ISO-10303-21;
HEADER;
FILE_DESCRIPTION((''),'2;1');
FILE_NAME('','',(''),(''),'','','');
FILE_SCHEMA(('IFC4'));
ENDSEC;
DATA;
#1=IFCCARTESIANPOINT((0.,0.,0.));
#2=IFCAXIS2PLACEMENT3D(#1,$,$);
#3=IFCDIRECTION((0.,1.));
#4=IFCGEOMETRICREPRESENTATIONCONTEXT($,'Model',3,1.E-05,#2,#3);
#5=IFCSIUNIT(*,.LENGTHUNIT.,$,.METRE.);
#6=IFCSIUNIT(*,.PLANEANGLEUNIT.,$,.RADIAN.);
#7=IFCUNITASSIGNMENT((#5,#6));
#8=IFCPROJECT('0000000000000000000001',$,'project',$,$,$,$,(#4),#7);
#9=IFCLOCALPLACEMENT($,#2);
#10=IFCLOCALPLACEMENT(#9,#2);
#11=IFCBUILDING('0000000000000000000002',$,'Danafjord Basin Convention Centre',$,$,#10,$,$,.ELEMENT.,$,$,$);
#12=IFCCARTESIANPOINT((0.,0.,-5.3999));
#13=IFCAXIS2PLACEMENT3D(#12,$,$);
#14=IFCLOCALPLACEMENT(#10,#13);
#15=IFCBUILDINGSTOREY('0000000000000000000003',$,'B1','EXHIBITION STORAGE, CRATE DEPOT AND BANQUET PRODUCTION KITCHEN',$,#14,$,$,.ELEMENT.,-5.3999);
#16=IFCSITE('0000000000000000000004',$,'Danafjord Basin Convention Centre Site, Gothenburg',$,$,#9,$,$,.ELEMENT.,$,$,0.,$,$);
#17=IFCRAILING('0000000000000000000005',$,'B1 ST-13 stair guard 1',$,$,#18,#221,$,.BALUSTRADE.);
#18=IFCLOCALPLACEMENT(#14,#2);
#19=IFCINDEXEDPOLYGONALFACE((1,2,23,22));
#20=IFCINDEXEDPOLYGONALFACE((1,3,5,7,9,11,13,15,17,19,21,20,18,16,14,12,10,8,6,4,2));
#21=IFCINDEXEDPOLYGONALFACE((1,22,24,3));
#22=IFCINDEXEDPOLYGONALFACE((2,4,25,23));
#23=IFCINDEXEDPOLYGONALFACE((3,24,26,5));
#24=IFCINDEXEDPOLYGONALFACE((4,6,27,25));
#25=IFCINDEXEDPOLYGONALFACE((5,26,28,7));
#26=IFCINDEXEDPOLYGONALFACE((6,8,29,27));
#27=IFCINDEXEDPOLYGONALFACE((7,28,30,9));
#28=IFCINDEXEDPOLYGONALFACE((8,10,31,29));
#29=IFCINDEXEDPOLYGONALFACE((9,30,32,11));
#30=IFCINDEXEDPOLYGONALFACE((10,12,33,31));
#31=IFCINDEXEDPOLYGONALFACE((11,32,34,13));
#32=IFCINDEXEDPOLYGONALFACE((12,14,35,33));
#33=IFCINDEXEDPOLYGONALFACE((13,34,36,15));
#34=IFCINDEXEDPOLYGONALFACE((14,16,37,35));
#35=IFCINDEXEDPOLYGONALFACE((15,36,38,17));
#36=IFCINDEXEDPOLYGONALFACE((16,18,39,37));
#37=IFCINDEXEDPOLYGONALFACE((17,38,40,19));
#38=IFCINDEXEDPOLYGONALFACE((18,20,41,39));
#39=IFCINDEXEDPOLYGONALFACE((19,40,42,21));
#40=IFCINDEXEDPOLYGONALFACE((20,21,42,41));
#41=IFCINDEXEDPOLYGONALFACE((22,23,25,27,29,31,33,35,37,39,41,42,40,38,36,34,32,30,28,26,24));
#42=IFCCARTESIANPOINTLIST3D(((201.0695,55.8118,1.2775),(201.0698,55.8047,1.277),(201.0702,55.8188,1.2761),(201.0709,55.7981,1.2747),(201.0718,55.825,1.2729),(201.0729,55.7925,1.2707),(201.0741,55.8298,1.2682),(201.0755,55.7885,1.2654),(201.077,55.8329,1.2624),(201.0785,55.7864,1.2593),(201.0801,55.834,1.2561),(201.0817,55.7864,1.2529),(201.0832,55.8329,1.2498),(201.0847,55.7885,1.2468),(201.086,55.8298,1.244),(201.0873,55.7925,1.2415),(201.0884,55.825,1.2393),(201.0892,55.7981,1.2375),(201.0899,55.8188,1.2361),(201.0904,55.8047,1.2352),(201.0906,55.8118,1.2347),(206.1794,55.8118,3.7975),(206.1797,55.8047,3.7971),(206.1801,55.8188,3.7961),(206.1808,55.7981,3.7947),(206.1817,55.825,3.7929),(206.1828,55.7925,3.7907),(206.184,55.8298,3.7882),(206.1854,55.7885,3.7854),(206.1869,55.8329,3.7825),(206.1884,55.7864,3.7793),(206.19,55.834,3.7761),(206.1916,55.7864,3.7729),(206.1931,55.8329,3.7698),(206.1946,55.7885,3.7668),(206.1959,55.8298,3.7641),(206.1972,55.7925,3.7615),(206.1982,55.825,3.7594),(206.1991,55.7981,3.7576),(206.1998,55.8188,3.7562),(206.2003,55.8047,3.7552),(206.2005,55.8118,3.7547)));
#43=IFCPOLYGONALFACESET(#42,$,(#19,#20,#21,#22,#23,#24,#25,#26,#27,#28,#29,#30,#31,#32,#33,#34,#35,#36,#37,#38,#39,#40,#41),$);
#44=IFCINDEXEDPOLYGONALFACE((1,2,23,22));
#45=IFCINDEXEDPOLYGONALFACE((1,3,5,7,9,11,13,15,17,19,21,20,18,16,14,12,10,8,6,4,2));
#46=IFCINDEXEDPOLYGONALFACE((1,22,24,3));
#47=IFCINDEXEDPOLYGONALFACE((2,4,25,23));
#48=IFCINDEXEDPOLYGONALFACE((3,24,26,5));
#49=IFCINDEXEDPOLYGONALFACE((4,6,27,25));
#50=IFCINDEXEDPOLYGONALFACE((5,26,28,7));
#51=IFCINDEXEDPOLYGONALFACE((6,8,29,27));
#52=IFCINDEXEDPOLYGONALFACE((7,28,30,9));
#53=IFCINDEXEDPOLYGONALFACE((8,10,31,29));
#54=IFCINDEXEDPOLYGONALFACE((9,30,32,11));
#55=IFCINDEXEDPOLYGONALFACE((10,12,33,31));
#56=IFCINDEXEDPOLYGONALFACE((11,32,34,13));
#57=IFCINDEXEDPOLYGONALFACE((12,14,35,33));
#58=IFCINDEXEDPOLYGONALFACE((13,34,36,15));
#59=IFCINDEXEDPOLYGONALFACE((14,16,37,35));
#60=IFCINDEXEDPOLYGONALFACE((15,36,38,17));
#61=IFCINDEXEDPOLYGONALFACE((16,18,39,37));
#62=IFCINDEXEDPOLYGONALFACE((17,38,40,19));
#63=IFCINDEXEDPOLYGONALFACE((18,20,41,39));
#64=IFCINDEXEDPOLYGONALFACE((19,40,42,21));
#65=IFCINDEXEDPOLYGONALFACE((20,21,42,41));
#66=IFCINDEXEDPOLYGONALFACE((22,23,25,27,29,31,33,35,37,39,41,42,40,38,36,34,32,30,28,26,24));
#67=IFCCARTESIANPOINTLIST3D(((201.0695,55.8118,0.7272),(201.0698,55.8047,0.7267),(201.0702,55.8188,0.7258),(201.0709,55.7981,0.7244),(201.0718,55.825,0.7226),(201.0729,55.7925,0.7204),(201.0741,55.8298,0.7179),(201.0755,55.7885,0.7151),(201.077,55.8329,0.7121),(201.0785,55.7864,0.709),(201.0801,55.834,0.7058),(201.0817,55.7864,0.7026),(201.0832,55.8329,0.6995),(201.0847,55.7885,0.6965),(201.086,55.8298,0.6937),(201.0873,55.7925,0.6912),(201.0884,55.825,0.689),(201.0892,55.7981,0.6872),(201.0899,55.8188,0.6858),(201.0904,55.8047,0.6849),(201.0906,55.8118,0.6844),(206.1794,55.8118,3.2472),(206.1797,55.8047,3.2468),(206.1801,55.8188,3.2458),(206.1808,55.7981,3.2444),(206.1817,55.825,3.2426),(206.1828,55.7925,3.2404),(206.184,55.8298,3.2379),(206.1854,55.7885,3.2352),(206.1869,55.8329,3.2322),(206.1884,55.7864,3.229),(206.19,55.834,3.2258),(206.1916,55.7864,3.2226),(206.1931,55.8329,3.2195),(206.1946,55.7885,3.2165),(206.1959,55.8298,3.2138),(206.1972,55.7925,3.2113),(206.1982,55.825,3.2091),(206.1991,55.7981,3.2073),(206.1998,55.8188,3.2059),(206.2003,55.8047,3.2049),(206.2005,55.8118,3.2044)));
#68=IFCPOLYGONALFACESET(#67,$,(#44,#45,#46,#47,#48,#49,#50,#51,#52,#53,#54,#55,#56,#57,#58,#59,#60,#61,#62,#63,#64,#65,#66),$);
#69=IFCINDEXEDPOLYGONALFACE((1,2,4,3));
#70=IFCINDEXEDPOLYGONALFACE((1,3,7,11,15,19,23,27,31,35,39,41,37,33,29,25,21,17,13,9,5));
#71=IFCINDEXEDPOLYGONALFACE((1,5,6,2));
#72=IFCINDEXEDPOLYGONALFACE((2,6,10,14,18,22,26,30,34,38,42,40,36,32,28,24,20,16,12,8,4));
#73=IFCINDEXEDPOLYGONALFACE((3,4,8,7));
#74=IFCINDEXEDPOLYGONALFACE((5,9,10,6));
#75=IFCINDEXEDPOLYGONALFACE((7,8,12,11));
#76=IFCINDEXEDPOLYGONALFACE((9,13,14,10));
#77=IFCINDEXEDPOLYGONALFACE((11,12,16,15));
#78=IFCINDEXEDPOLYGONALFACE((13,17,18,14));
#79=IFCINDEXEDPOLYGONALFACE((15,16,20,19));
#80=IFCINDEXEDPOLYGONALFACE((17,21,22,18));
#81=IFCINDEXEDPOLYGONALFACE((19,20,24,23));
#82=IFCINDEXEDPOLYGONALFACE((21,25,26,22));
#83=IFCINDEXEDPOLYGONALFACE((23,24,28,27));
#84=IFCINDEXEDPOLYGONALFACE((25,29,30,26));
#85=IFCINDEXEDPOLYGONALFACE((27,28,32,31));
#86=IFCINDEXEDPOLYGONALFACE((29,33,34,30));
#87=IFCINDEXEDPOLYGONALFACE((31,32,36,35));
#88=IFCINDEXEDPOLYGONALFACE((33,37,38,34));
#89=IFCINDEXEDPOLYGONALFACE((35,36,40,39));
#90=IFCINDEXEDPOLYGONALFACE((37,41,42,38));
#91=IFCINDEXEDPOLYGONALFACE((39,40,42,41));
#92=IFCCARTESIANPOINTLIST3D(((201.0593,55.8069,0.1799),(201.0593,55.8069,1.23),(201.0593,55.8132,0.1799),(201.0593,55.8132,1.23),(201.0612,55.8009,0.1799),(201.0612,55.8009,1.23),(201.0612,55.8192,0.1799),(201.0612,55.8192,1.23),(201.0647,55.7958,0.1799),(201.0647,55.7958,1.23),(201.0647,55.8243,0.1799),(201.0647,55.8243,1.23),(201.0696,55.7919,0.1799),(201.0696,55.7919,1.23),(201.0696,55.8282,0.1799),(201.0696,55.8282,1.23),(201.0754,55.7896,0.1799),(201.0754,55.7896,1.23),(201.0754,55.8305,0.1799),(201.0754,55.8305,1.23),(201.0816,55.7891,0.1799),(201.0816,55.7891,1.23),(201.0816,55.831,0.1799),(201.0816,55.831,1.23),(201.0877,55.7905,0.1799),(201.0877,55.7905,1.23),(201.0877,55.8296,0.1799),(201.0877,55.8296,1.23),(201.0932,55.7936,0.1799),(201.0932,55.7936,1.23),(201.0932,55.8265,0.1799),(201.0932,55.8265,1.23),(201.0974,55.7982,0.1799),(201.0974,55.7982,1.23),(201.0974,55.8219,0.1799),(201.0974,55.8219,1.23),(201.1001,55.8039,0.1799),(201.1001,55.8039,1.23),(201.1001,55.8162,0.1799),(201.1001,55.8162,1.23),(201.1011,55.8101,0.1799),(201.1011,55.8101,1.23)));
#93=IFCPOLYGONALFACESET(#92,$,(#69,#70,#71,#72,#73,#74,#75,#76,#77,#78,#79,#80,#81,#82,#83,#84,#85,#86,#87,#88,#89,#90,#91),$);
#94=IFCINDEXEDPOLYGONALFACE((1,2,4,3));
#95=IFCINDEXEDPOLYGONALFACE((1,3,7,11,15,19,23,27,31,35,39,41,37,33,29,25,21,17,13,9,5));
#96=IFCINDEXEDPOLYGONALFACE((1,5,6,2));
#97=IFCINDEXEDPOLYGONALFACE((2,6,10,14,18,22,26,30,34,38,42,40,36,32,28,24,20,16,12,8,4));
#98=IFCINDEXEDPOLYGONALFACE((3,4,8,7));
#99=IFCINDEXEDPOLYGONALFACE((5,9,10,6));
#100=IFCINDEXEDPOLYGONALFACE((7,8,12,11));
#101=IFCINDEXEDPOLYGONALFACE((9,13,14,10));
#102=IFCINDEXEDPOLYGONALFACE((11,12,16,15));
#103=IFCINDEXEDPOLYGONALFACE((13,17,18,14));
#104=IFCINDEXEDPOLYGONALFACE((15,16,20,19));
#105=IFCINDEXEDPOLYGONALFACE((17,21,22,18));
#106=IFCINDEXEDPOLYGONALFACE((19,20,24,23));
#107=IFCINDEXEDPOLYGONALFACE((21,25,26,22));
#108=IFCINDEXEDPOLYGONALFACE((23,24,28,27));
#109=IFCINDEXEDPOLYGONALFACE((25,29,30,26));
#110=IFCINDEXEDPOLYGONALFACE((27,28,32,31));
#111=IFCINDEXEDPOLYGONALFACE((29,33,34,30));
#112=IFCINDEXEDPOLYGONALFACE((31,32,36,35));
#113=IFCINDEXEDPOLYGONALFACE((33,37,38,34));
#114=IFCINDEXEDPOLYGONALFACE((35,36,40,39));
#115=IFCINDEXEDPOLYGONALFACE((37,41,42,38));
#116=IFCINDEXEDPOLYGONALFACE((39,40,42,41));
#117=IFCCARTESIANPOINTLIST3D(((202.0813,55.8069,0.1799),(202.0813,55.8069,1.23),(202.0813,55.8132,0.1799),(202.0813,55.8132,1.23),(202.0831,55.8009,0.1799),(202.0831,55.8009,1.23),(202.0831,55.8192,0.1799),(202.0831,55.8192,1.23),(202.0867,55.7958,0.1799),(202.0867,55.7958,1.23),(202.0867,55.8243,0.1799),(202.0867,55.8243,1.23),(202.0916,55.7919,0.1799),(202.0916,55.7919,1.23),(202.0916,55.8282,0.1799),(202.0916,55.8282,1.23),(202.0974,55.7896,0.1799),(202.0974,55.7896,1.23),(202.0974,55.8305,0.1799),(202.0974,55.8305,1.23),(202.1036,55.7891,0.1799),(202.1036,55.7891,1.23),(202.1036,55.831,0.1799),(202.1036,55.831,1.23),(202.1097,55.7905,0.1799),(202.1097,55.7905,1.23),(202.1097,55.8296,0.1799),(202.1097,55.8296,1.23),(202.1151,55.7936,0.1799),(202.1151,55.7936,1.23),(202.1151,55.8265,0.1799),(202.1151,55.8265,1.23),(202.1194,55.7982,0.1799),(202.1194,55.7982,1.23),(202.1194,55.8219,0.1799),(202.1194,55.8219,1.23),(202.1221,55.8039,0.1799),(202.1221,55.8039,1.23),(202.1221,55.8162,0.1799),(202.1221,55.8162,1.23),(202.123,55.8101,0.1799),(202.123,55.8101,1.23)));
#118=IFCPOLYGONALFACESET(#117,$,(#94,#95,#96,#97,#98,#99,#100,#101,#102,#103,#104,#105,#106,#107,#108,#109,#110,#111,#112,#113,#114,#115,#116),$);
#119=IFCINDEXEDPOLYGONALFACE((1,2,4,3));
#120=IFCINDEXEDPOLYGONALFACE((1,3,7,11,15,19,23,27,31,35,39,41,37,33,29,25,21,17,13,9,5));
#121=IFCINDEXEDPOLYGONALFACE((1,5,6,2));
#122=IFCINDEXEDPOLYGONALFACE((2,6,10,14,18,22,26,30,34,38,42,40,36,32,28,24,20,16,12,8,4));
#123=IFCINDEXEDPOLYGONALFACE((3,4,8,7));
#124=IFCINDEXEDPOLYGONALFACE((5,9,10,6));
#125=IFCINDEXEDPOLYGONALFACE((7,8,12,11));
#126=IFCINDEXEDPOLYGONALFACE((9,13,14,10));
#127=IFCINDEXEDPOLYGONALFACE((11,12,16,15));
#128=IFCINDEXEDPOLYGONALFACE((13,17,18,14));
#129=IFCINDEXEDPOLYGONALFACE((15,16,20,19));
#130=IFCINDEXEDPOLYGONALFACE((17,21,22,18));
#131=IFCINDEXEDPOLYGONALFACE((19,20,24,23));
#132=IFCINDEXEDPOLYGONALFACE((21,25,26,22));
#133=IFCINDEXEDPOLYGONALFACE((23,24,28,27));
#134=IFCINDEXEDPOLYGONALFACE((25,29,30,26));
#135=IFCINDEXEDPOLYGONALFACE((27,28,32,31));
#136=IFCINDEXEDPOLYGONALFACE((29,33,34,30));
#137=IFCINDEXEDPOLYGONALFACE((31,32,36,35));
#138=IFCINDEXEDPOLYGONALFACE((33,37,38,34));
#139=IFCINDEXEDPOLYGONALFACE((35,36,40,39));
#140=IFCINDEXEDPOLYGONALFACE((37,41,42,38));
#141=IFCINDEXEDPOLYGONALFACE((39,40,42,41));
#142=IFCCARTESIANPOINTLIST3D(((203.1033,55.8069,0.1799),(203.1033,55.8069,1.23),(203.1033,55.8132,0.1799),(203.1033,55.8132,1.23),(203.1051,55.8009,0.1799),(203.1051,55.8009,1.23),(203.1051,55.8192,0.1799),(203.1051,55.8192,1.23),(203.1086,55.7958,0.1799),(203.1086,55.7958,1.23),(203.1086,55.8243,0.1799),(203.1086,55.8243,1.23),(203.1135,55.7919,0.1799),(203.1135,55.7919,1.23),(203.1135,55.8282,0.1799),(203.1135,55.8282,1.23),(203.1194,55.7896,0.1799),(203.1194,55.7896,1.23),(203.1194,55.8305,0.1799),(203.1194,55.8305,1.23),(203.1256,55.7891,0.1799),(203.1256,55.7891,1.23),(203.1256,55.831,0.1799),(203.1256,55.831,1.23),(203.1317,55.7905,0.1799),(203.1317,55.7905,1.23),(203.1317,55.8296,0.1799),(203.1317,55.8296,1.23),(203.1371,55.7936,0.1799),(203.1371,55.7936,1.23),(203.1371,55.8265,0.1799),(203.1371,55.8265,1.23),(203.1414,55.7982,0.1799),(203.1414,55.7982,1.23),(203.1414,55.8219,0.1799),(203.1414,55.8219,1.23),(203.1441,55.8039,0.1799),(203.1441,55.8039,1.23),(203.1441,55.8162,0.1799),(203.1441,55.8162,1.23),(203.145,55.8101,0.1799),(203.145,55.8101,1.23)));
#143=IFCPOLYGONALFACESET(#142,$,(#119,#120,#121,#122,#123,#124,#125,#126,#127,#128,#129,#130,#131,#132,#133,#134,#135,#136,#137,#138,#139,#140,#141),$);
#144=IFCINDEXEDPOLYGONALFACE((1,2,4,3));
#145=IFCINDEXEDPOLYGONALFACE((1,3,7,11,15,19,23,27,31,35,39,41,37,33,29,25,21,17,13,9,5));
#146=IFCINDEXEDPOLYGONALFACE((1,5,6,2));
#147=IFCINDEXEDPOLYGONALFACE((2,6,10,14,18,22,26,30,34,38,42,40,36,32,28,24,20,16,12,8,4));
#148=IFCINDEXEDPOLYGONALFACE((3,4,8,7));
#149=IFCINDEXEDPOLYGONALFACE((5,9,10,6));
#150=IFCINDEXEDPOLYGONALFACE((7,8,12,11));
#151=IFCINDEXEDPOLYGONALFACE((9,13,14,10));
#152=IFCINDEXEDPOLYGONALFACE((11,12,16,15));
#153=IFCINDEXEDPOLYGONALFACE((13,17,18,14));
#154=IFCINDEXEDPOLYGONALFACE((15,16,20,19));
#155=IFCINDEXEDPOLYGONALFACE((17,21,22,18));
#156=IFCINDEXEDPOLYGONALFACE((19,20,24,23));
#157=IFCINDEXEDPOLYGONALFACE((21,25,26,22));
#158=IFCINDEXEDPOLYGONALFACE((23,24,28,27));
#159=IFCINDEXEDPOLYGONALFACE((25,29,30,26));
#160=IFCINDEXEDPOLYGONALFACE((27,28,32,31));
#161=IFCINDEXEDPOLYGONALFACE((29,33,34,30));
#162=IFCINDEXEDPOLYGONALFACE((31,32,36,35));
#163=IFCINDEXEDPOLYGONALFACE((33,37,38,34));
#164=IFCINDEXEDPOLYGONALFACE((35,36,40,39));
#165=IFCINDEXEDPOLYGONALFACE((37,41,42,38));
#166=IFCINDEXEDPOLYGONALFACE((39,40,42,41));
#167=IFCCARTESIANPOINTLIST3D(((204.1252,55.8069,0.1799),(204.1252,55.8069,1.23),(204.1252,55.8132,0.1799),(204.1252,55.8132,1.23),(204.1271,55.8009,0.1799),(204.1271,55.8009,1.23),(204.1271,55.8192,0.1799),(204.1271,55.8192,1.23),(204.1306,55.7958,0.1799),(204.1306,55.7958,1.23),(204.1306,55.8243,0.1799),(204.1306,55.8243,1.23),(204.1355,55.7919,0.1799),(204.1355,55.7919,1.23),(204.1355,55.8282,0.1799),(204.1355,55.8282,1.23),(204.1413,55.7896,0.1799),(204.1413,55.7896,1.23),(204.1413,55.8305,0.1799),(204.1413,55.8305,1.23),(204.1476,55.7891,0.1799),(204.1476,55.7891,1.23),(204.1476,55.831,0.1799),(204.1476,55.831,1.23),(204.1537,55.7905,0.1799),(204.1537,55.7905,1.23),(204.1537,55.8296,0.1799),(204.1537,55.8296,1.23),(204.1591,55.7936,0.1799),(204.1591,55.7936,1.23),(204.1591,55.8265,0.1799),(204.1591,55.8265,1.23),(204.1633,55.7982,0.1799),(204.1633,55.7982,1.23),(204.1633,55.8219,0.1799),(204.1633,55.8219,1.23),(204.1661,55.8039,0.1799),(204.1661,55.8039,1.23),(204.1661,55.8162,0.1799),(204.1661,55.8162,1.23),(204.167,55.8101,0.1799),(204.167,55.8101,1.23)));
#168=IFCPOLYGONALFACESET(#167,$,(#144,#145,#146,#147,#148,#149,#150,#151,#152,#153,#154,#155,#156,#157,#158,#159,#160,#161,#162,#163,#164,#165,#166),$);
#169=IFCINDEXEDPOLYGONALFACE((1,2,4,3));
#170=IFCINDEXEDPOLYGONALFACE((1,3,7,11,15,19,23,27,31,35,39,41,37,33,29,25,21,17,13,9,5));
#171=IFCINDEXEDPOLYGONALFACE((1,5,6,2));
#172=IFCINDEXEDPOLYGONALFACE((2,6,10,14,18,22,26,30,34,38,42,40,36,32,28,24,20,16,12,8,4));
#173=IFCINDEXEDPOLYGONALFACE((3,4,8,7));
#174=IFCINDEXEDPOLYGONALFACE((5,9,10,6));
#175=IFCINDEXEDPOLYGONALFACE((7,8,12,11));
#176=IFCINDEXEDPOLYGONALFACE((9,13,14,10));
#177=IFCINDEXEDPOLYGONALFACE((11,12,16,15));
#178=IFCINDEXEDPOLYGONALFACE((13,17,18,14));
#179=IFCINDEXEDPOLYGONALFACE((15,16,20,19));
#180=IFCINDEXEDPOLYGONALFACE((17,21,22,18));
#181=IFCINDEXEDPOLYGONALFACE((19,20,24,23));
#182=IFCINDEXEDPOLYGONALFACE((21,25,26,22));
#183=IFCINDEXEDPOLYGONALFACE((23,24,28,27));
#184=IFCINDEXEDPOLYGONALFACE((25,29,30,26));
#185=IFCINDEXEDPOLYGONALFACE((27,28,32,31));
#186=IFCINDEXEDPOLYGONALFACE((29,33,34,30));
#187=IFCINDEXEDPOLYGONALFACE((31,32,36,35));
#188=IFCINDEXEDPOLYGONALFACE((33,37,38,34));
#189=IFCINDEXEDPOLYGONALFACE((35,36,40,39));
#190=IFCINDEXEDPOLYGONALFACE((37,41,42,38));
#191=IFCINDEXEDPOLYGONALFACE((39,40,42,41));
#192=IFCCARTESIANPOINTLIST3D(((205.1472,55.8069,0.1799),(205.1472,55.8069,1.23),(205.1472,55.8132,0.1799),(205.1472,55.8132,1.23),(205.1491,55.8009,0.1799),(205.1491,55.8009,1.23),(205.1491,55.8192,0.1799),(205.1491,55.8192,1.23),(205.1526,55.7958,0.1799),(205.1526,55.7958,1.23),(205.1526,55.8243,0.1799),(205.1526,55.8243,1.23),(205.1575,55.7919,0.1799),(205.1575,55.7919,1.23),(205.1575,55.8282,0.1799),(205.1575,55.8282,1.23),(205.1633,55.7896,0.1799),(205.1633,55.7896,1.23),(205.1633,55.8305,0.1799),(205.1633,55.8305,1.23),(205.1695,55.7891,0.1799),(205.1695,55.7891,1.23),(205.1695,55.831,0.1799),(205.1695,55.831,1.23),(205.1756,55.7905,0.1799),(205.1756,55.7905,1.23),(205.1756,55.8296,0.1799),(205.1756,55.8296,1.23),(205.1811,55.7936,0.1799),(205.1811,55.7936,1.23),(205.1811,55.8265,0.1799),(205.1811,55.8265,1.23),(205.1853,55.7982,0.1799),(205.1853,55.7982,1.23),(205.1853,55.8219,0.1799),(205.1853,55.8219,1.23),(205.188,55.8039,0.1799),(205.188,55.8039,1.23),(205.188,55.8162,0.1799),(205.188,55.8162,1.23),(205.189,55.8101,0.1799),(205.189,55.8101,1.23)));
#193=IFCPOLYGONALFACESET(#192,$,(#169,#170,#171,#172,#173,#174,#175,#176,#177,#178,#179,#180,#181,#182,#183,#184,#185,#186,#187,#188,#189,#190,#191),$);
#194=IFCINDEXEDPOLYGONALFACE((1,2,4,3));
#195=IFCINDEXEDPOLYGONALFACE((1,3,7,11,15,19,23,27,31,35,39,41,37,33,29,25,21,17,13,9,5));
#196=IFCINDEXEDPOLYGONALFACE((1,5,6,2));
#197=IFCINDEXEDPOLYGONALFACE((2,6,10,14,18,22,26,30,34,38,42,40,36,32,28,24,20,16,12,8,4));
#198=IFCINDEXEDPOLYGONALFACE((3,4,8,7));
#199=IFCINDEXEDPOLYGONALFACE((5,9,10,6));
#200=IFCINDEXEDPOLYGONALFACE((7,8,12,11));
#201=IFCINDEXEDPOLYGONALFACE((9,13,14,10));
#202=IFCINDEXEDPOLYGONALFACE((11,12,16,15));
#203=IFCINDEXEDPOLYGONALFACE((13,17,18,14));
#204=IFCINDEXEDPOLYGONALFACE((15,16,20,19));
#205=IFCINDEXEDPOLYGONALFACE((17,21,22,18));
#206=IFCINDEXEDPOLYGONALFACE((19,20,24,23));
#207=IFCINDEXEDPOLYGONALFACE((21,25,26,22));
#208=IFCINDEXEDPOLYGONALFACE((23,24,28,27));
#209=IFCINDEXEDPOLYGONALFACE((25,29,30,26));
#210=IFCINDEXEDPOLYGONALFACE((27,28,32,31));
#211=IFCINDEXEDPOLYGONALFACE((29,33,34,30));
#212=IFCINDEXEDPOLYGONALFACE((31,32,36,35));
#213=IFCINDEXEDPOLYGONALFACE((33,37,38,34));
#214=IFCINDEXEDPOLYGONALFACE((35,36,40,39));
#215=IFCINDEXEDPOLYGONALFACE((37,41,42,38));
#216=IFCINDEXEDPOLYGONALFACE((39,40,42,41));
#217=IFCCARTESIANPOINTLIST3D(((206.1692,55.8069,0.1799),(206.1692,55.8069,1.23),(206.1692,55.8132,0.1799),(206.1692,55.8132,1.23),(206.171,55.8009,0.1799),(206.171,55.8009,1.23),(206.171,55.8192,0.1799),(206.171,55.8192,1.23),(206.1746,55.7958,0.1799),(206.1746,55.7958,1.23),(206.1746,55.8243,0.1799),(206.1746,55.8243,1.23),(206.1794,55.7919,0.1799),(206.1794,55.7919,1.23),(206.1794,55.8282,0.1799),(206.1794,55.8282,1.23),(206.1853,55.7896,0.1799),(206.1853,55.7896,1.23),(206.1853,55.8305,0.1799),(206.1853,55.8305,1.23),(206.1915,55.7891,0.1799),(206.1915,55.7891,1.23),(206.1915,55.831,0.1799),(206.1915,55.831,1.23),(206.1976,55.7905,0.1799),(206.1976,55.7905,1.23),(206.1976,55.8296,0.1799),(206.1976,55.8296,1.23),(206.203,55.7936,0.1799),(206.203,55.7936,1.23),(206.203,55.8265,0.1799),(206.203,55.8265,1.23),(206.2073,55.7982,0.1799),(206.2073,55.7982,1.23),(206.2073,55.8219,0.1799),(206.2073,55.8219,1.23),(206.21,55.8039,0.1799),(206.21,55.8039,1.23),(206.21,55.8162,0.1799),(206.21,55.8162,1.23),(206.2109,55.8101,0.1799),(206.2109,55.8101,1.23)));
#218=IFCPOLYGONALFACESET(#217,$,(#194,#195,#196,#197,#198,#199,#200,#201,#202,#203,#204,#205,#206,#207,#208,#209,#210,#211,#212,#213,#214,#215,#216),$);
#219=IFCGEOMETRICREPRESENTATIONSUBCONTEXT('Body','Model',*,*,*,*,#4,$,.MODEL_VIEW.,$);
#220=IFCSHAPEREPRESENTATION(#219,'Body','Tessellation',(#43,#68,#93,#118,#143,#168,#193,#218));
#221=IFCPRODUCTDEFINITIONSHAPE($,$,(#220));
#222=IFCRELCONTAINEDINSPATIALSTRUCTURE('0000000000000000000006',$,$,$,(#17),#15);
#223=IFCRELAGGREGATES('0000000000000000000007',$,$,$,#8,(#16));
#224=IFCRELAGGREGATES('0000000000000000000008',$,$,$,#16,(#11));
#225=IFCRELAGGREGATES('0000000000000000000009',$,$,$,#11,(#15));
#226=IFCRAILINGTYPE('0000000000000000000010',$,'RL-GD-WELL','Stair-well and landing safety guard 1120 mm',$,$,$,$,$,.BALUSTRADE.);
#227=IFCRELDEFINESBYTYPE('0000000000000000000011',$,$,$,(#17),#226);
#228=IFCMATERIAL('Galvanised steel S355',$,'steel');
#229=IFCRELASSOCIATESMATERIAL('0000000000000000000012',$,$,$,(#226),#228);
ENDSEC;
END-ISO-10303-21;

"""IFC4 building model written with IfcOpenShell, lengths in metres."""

from ifc_helpers import new_model, si_unit, direction, frame, origin, origin_2d, place, context, subcontext, project, spatial, circle, extrude, material, type_object, element, save


model = new_model("IFC4")

# Units and contexts
model_context = context("Model", 3, precision=1e-05, world=origin(), true_north=direction((0.0, 1.0)))
body_context = subcontext(model_context, "Body", "Model", "MODEL_VIEW")
ifc_project = project(units=[si_unit("LENGTHUNIT", "METRE"), si_unit("PLANEANGLEUNIT", "RADIAN")], contexts=[model_context])

# Site, building, storey
site_placement = place(None, origin())
site = spatial("IfcSite", under=ifc_project, at=site_placement, Name="Danafjord Basin Convention Centre Site, Gothenburg", CompositionType="ELEMENT", RefElevation=0.0)
building_placement = place(site_placement, origin())
building = spatial("IfcBuilding", under=site, at=building_placement, Name="Danafjord Basin Convention Centre", CompositionType="ELEMENT")
storey_placement = place(building_placement, frame((0.0, 0.0, -5.3999)))
storey = spatial("IfcBuildingStorey", under=building, at=storey_placement, Name="B1", Description="EXHIBITION STORAGE, CRATE DEPOT AND BANQUET PRODUCTION KITCHEN", CompositionType="ELEMENT", Elevation=-5.3999)

# Railing
ifc_material_1 = material(Name="Galvanised steel S355", Category="steel")
railing_type_1 = type_object("IfcRailingType", Name="RL-GD-WELL", Description="Stair-well and landing safety guard 1120 mm", PredefinedType="BALUSTRADE", material=ifc_material_1)
railing_1_placement = place(storey_placement, frame((201.0801, 55.8101, 0.1799)))
element("IfcRailing", 1, at=railing_1_placement, inside=storey, type_object=railing_type_1, Name="B1 ST-13 stair guard 1", PredefinedType="BALUSTRADE", context=body_context, shape_type="SweptSolid", body=[
    extrude(circle(Radius=0.0239, at=origin_2d()), frame((0.0, 0.0, 1.0762), z_axis=(0.896865, 0.0, 0.442305), x_axis=(0.0, 1.0, 0.0)), (0.0, 0.0, 1.0), 5.6975),
    extrude(circle(Radius=0.0239, at=origin_2d()), frame((0.0, 0.0, 0.5259), z_axis=(0.896865, 0.0, 0.442305), x_axis=(0.0, 1.0, 0.0)), (0.0, 0.0, 1.0), 5.6975),
    extrude(circle(Radius=0.021, at=origin_2d()), origin(), (0.0, 0.0, 1.0), 1.05),
    extrude(circle(Radius=0.021, at=origin_2d()), frame((1.022, 0.0, 0.0)), (0.0, 0.0, 1.0), 1.05),
    extrude(circle(Radius=0.021, at=origin_2d()), frame((2.0439, 0.0, 0.0)), (0.0, 0.0, 1.0), 1.05),
    extrude(circle(Radius=0.021, at=origin_2d()), frame((3.0659, 0.0, 0.0)), (0.0, 0.0, 1.0), 1.05),
    extrude(circle(Radius=0.021, at=origin_2d()), frame((4.0879, 0.0, 0.0)), (0.0, 0.0, 1.0), 1.05),
    extrude(circle(Radius=0.021, at=origin_2d()), frame((5.1099, 0.0, 0.0)), (0.0, 0.0, 1.0), 1.05),
])

save(model, "model.ifc")
